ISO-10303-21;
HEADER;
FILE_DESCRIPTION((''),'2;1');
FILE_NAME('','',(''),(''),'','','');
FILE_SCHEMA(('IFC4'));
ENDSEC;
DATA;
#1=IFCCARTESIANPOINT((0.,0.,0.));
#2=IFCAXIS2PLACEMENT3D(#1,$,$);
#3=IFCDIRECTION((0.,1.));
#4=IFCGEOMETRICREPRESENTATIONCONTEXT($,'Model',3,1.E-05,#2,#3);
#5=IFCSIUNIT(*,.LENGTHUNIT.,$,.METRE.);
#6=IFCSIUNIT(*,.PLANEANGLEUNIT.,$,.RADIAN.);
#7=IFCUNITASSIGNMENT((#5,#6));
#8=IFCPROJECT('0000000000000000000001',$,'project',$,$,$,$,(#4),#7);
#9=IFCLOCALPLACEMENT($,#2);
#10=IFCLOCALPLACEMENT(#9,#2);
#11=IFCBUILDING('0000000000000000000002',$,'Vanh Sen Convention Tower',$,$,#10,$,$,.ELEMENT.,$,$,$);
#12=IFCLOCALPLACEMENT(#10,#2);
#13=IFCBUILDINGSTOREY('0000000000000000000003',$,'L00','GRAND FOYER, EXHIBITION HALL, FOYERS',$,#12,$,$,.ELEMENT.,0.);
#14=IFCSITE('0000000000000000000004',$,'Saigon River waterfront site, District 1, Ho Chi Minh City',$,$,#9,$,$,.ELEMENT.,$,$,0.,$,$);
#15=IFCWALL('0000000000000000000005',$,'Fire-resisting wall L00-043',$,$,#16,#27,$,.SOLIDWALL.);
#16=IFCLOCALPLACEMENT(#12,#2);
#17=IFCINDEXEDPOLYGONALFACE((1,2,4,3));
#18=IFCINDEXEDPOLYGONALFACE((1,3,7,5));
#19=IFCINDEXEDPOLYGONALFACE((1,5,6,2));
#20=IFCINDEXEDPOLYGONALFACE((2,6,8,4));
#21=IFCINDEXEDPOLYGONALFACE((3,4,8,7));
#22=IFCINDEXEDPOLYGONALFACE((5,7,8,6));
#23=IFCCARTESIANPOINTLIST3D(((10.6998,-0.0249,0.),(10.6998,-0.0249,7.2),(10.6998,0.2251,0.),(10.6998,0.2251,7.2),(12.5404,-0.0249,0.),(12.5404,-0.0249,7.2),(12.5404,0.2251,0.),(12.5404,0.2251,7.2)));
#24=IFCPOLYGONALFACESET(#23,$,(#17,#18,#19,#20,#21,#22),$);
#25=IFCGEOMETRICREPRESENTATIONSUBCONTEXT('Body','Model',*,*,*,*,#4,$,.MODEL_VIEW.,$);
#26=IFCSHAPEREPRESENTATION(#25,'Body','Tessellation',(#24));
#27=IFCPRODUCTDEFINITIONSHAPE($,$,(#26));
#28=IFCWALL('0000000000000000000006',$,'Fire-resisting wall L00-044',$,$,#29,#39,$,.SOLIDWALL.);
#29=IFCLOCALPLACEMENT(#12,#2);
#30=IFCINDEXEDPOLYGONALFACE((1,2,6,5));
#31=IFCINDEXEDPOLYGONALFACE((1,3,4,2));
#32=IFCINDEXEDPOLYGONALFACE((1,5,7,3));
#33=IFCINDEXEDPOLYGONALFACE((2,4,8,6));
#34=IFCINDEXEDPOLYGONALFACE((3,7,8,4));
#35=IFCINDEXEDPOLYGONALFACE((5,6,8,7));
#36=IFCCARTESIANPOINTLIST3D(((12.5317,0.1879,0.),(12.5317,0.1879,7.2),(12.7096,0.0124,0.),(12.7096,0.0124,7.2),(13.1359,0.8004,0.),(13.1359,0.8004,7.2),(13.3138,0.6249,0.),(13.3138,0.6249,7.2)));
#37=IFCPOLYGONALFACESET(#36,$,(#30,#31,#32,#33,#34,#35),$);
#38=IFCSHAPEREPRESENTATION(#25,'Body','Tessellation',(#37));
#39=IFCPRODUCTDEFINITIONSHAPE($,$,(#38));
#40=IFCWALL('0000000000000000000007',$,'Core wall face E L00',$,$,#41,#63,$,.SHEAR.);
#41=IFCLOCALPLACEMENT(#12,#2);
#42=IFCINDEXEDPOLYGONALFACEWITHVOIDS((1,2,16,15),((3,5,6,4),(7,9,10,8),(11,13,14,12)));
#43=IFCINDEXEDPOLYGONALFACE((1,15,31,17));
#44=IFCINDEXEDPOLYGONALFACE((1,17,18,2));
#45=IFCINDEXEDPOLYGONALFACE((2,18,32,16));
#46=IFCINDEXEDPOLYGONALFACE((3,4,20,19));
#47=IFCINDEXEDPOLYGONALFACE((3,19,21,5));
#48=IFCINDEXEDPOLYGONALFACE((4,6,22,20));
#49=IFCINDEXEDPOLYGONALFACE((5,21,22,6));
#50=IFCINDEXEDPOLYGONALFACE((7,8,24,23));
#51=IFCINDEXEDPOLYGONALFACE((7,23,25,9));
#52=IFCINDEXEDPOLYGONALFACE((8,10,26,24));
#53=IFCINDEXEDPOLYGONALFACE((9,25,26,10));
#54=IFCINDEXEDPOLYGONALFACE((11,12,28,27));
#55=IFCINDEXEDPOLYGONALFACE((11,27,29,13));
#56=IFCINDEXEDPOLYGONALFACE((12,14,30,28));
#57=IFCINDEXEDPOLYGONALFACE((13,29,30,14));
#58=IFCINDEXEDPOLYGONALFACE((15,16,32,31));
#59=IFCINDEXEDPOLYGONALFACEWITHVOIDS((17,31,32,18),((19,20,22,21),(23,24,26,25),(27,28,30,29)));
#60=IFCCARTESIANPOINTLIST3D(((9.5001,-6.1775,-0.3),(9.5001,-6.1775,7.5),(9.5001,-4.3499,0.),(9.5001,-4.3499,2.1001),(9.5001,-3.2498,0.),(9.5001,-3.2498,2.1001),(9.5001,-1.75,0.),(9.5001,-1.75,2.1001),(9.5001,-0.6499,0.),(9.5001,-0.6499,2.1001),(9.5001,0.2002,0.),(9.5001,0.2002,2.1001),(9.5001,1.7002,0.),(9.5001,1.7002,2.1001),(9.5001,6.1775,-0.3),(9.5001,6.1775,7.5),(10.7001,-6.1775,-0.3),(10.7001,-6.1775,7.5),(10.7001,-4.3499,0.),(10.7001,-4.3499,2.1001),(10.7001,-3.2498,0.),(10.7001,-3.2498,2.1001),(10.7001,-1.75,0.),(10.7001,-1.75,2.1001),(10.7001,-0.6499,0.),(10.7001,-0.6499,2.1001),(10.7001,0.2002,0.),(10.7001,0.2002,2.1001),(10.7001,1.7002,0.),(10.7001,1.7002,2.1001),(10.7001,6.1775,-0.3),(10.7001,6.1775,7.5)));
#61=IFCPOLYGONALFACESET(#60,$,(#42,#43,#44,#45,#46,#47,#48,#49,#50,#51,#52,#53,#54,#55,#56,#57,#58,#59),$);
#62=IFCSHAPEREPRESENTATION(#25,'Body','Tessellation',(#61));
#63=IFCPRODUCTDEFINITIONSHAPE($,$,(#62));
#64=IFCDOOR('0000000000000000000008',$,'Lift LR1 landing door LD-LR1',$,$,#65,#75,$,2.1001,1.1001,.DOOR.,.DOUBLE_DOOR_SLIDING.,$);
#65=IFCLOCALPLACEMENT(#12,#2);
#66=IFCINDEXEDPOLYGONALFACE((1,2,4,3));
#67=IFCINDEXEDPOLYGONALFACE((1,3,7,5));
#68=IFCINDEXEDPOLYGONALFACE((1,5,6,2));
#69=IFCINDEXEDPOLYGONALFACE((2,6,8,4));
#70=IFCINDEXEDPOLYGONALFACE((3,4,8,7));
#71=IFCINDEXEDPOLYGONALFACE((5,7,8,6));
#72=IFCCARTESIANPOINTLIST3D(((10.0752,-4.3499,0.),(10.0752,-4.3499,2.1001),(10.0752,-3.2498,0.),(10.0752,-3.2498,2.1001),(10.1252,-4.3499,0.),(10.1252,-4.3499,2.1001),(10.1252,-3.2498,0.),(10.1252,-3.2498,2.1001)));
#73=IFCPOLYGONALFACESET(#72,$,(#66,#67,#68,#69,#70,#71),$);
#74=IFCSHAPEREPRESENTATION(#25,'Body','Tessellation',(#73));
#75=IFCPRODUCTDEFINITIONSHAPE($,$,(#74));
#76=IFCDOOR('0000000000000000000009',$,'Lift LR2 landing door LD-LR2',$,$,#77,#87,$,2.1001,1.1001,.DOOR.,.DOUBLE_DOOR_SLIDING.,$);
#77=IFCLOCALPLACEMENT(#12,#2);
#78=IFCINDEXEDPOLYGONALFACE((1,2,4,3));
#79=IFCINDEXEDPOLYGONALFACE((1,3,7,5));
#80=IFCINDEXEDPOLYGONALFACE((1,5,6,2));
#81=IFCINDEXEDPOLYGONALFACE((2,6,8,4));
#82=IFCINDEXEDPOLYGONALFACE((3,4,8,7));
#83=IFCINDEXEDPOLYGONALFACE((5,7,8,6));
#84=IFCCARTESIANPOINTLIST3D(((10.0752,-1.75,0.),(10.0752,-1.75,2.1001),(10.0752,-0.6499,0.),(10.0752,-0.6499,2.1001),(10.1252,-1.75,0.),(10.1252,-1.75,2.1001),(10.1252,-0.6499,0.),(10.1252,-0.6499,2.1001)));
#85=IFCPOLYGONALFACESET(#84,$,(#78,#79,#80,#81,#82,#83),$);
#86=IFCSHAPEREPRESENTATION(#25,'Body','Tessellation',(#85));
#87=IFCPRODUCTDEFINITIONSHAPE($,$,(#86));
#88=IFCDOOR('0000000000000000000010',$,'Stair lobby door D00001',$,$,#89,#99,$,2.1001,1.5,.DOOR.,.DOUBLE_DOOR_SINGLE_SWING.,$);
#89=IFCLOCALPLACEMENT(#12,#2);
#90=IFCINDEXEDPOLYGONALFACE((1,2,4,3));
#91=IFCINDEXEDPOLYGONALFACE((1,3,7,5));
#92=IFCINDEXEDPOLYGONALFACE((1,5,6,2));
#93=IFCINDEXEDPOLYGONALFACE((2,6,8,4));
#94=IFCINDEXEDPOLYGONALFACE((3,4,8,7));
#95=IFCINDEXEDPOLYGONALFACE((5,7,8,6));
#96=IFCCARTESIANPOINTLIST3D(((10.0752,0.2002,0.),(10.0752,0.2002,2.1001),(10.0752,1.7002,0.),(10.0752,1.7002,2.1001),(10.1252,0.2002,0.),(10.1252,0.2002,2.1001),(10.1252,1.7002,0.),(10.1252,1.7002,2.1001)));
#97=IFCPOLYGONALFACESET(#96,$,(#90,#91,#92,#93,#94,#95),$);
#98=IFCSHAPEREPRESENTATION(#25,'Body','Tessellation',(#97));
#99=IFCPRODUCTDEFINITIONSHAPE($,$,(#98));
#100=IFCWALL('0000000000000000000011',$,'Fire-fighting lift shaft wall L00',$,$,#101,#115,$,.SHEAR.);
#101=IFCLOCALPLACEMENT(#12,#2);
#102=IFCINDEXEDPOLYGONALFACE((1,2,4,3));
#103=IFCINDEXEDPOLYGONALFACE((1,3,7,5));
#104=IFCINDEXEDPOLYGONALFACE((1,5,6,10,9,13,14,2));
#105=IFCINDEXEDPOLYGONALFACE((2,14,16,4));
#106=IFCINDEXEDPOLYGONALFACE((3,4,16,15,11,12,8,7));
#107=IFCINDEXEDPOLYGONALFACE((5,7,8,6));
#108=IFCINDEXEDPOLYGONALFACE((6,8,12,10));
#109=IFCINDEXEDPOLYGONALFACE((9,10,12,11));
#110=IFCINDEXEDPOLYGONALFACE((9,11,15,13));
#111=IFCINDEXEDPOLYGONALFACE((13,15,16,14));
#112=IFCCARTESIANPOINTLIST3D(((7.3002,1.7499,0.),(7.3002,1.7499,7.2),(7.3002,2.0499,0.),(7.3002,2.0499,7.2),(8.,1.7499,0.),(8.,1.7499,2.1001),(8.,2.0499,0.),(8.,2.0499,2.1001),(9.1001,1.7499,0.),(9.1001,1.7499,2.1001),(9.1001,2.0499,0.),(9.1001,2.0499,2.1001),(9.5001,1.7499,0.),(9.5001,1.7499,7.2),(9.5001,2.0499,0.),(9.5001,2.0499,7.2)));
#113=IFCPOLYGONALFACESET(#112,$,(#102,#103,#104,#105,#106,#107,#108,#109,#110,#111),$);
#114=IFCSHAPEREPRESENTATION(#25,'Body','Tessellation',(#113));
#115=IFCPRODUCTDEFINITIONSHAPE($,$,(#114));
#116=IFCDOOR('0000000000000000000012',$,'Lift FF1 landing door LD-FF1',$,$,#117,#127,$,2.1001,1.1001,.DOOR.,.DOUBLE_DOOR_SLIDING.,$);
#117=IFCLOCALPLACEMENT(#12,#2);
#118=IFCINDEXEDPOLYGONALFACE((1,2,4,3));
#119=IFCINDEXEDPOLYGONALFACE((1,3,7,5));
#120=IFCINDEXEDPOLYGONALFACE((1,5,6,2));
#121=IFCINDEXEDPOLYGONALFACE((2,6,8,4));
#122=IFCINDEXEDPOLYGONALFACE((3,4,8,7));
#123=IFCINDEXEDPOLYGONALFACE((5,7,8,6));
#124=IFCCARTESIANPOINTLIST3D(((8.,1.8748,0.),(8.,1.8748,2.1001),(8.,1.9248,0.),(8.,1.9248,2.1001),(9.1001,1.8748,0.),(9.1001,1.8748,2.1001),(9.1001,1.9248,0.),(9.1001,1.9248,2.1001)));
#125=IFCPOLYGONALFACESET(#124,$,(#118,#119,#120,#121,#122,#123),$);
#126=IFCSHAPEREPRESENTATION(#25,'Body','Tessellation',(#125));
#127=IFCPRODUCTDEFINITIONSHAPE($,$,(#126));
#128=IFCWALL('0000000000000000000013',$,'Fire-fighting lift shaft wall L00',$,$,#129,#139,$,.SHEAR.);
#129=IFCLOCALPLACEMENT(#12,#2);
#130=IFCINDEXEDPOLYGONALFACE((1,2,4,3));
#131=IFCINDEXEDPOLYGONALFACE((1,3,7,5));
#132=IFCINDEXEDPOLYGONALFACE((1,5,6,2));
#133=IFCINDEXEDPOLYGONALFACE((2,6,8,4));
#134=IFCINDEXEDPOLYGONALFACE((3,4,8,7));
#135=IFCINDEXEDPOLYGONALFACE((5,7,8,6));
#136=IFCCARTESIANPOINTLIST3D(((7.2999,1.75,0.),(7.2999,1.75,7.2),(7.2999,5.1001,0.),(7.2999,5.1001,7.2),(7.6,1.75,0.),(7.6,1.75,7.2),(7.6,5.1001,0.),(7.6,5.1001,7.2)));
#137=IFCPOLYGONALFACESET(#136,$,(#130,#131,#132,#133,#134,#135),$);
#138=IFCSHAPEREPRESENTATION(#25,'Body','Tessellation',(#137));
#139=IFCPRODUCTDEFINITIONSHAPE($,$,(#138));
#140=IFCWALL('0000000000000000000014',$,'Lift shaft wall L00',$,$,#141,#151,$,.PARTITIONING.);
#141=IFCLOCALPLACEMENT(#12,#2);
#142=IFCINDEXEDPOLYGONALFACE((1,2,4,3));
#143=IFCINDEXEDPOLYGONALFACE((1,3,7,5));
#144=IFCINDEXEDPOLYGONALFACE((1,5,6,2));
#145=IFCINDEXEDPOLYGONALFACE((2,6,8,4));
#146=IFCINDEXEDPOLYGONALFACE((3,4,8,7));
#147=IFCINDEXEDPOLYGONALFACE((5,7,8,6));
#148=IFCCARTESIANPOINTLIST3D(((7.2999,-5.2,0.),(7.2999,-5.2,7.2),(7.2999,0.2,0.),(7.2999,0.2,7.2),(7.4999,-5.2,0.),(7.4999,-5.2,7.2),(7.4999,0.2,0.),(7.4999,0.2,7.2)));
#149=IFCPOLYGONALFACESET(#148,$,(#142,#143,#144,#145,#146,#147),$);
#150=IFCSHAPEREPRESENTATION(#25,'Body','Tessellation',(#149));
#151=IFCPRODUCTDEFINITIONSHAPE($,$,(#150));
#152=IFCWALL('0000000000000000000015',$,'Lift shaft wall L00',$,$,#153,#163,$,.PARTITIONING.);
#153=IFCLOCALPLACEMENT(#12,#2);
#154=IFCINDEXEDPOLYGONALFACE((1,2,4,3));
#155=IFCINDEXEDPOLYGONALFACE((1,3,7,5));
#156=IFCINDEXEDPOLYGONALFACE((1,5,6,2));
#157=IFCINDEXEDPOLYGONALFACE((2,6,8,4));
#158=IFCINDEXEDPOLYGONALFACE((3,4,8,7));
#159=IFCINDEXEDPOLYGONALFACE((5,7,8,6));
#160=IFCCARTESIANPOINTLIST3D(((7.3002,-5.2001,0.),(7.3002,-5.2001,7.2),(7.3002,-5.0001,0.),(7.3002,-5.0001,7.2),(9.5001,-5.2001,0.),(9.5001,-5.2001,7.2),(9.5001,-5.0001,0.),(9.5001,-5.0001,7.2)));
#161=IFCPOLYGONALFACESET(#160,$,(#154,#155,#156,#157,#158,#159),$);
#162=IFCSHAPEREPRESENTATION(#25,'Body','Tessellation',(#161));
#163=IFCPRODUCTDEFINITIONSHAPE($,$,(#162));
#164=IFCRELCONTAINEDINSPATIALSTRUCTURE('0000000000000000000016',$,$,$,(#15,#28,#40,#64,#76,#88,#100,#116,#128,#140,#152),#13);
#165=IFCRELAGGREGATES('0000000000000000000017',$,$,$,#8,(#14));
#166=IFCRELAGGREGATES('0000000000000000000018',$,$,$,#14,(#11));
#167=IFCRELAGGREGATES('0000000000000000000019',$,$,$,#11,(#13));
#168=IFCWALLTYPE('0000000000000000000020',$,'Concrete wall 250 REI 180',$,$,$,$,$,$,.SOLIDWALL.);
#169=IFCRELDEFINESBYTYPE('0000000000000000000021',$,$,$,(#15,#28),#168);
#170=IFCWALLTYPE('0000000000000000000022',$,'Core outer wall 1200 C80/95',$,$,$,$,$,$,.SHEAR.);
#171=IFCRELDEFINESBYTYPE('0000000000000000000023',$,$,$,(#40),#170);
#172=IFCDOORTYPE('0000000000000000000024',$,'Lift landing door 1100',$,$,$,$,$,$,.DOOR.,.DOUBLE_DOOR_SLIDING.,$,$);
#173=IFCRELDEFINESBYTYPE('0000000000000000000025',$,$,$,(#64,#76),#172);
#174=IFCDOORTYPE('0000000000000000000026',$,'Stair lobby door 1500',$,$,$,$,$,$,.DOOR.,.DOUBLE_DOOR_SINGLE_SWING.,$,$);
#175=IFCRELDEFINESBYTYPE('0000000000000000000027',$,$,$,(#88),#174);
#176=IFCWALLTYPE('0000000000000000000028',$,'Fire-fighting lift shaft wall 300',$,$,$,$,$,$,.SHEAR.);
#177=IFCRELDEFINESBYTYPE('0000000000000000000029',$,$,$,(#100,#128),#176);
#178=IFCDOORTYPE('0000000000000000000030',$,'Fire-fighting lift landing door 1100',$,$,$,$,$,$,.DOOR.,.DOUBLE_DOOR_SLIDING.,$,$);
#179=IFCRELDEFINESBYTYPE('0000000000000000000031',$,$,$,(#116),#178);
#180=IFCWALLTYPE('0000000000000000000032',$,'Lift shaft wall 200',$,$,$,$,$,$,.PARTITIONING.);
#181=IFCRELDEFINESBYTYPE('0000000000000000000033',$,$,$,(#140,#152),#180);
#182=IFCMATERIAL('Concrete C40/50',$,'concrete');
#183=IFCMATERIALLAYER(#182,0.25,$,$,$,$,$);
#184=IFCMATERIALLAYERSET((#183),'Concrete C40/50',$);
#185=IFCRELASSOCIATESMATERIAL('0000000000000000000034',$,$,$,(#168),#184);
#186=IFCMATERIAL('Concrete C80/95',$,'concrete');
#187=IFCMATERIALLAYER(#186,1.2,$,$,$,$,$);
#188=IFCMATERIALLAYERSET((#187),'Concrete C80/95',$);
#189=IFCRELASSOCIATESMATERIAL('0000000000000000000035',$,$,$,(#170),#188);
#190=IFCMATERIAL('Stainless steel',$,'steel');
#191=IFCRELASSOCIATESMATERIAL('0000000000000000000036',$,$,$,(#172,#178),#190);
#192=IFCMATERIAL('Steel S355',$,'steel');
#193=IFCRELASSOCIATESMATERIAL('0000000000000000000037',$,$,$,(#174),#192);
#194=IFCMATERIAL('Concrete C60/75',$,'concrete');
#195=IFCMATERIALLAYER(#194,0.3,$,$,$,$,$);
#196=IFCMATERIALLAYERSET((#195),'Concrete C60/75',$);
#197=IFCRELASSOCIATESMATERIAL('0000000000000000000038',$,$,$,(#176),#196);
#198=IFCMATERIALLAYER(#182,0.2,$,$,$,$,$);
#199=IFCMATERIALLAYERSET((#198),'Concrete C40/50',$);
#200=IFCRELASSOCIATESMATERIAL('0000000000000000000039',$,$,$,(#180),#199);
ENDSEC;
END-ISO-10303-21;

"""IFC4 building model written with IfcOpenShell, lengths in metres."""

from ifc_helpers import new_model, si_unit, direction, frame, frame_2d, origin, place, context, subcontext, project, spatial, rectangle, extrude, material, layer, layer_set, type_object, element, fill, save


model = new_model("IFC4")

# Units and contexts
model_context = context("Model", 3, precision=1e-05, world=origin(), true_north=direction((0.0, 1.0)))
body_context = subcontext(model_context, "Body", "Model", "MODEL_VIEW")
ifc_project = project(units=[si_unit("LENGTHUNIT", "METRE"), si_unit("PLANEANGLEUNIT", "RADIAN")], contexts=[model_context])

# Site, building, storey
site_placement = place(None, origin())
site = spatial("IfcSite", under=ifc_project, at=site_placement, Name="Saigon River waterfront site, District 1, Ho Chi Minh City", CompositionType="ELEMENT", RefElevation=0.0)
building_placement = place(site_placement, origin())
building = spatial("IfcBuilding", under=site, at=building_placement, Name="Vanh Sen Convention Tower", CompositionType="ELEMENT")
storey_placement = place(building_placement, origin())
storey = spatial("IfcBuildingStorey", under=building, at=storey_placement, Name="L00", Description="GRAND FOYER, EXHIBITION HALL, FOYERS", CompositionType="ELEMENT", Elevation=0.0)

# Shared definitions
ifc_material_1 = material(Name="Concrete C40/50", Category="concrete")

# Shared definitions
ifc_material_2 = material(Name="Concrete C80/95", Category="concrete")

# Walls
ifc_layer_1 = layer(ifc_material_1, 0.25)
ifc_layer_set_1 = layer_set([ifc_layer_1], Name="Concrete C40/50")
wall_type_1 = type_object("IfcWallType", Name="Concrete wall 250 REI 180", PredefinedType="SOLIDWALL", material=ifc_layer_set_1)
wall_1_placement = place(storey_placement, frame((12.5405, 0.1001, 0.0), z_axis=(0.0, 0.0, 1.0), x_axis=(-1.0, 0.0, 0.0)))
element("IfcWall", 1, at=wall_1_placement, inside=storey, type_object=wall_type_1, Name="Fire-resisting wall L00-043", PredefinedType="SOLIDWALL", context=body_context, shape_type="SweptSolid", body=[
    extrude(rectangle(XDim=1.8406, YDim=0.25, at=frame_2d((0.9204, 0.0))), origin(), (0.0, 0.0, 1.0), 7.2),
])
wall_2_placement = place(storey_placement, frame((13.2249, 0.7126, 0.0), z_axis=(0.0, 0.0, 1.0), x_axis=(-0.702267, -0.711914, 0.0)))
element("IfcWall", 2, at=wall_2_placement, inside=storey, type_object=wall_type_1, Name="Fire-resisting wall L00-044", PredefinedType="SOLIDWALL", context=body_context, shape_type="SweptSolid", body=[
    extrude(rectangle(XDim=0.8604, YDim=0.25, at=frame_2d((0.4302, 0.0))), origin(), (0.0, 0.0, 1.0), 7.2),
])

# Wall, openings, doors
ifc_layer_2 = layer(ifc_material_2, 1.2)
ifc_layer_set_2 = layer_set([ifc_layer_2], Name="Concrete C80/95")
wall_type_2 = type_object("IfcWallType", Name="Core outer wall 1200 C80/95", PredefinedType="SHEAR", material=ifc_layer_set_2)
wall_3_placement = place(storey_placement, frame((10.1001, -6.1775, -0.3), z_axis=(0.0, 0.0, 1.0), x_axis=(0.0, 1.0, 0.0)))
wall_3 = element("IfcWall", 3, at=wall_3_placement, inside=storey, type_object=wall_type_2, Name="Core wall face E L00", PredefinedType="SHEAR", context=body_context, shape_type="SweptSolid", body=[
    extrude(rectangle(XDim=12.355, YDim=1.2, at=frame_2d((6.1775, 0.0))), origin(), (0.0, 0.0, 1.0), 7.8),
])
opening_1_placement = place(wall_3_placement, frame((6.3777, 0.0, 0.3)))
opening_1 = element("IfcOpeningElement", 4, at=opening_1_placement, cuts=wall_3, PredefinedType="OPENING", context=body_context, shape_type="SweptSolid", body=[
    extrude(rectangle(XDim=1.5, YDim=2.1001, at=frame_2d((0.75, 1.05))), frame((0.0, 0.6099, 0.0), z_axis=(0.0, -1.0, 0.0), x_axis=(1.0, 0.0, 0.0)), (0.0, 0.0, 1.0), 1.22),
])
opening_2_placement = place(wall_3_placement, frame((1.8276, 0.0, 0.3)))
opening_2 = element("IfcOpeningElement", 5, at=opening_2_placement, cuts=wall_3, PredefinedType="OPENING", context=body_context, shape_type="SweptSolid", body=[
    extrude(rectangle(XDim=1.1001, YDim=2.1001, at=frame_2d((0.55, 1.05))), frame((0.0, 0.6099, 0.0), z_axis=(0.0, -1.0, 0.0), x_axis=(1.0, 0.0, 0.0)), (0.0, 0.0, 1.0), 1.22),
])
opening_3_placement = place(wall_3_placement, frame((4.4275, 0.0, 0.3)))
opening_3 = element("IfcOpeningElement", 6, at=opening_3_placement, cuts=wall_3, PredefinedType="OPENING", context=body_context, shape_type="SweptSolid", body=[
    extrude(rectangle(XDim=1.1001, YDim=2.1001, at=frame_2d((0.55, 1.05))), frame((0.0, 0.6099, 0.0), z_axis=(0.0, -1.0, 0.0), x_axis=(1.0, 0.0, 0.0)), (0.0, 0.0, 1.0), 1.22),
])
ifc_material_3 = material(Name="Stainless steel", Category="steel")
door_type_1 = type_object("IfcDoorType", Name="Lift landing door 1100", OperationType="DOUBLE_DOOR_SLIDING", PredefinedType="DOOR", material=ifc_material_3)
door_1_placement = place(opening_2_placement, origin())
door_1 = element("IfcDoor", 7, at=door_1_placement, inside=storey, type_object=door_type_1, Name="Lift LR1 landing door LD-LR1", OperationType="DOUBLE_DOOR_SLIDING", OverallHeight=2.1001, OverallWidth=1.1001, PredefinedType="DOOR", context=body_context, shape_type="SweptSolid", body=[
    extrude(rectangle(XDim=1.1001, YDim=2.1001, at=frame_2d((0.55, 1.05))), frame((0.0, 0.0249, 0.0), z_axis=(0.0, -1.0, 0.0), x_axis=(1.0, 0.0, 0.0)), (0.0, 0.0, 1.0), 0.05),
])
fill(opening_2, door_1)
door_2_placement = place(opening_3_placement, origin())
door_2 = element("IfcDoor", 8, at=door_2_placement, inside=storey, type_object=door_type_1, Name="Lift LR2 landing door LD-LR2", OperationType="DOUBLE_DOOR_SLIDING", OverallHeight=2.1001, OverallWidth=1.1001, PredefinedType="DOOR", context=body_context, shape_type="SweptSolid", body=[
    extrude(rectangle(XDim=1.1001, YDim=2.1001, at=frame_2d((0.55, 1.05))), frame((0.0, 0.0249, 0.0), z_axis=(0.0, -1.0, 0.0), x_axis=(1.0, 0.0, 0.0)), (0.0, 0.0, 1.0), 0.05),
])
fill(opening_3, door_2)
ifc_material_4 = material(Name="Steel S355", Category="steel")
door_type_2 = type_object("IfcDoorType", Name="Stair lobby door 1500", OperationType="DOUBLE_DOOR_SINGLE_SWING", PredefinedType="DOOR", material=ifc_material_4)
door_3_placement = place(opening_1_placement, origin())
door_3 = element("IfcDoor", 9, at=door_3_placement, inside=storey, type_object=door_type_2, Name="Stair lobby door D00001", OperationType="DOUBLE_DOOR_SINGLE_SWING", OverallHeight=2.1001, OverallWidth=1.5, PredefinedType="DOOR", context=body_context, shape_type="SweptSolid", body=[
    extrude(rectangle(XDim=1.5, YDim=2.1001, at=frame_2d((0.75, 1.05))), frame((0.0, 0.0249, 0.0), z_axis=(0.0, -1.0, 0.0), x_axis=(1.0, 0.0, 0.0)), (0.0, 0.0, 1.0), 0.05),
])
fill(opening_1, door_3)

# Wall, opening, door
ifc_material_5 = material(Name="Concrete C60/75", Category="concrete")
ifc_layer_3 = layer(ifc_material_5, 0.3)
ifc_layer_set_3 = layer_set([ifc_layer_3], Name="Concrete C60/75")
wall_type_3 = type_object("IfcWallType", Name="Fire-fighting lift shaft wall 300", PredefinedType="SHEAR", material=ifc_layer_set_3)
wall_4_placement = place(storey_placement, frame((7.3, 1.8999, 0.0), z_axis=(0.0, 0.0, 1.0), x_axis=(1.0, 0.0, 0.0)))
wall_4 = element("IfcWall", 10, at=wall_4_placement, inside=storey, type_object=wall_type_3, Name="Fire-fighting lift shaft wall L00", PredefinedType="SHEAR", context=body_context, shape_type="SweptSolid", body=[
    extrude(rectangle(XDim=2.2, YDim=0.3, at=frame_2d((1.1001, 0.0))), origin(), (0.0, 0.0, 1.0), 7.2),
])
opening_4_placement = place(wall_4_placement, frame((0.7, 0.0, 0.0)))
opening_4 = element("IfcOpeningElement", 11, at=opening_4_placement, cuts=wall_4, PredefinedType="OPENING", context=body_context, shape_type="SweptSolid", body=[
    extrude(rectangle(XDim=1.1001, YDim=2.1001, at=frame_2d((0.55, 1.05))), frame((0.0, 0.1599, 0.0), z_axis=(0.0, -1.0, 0.0), x_axis=(1.0, 0.0, 0.0)), (0.0, 0.0, 1.0), 0.3201),
])
door_type_3 = type_object("IfcDoorType", Name="Fire-fighting lift landing door 1100", OperationType="DOUBLE_DOOR_SLIDING", PredefinedType="DOOR", material=ifc_material_3)
door_4_placement = place(opening_4_placement, origin())
door_4 = element("IfcDoor", 12, at=door_4_placement, inside=storey, type_object=door_type_3, Name="Lift FF1 landing door LD-FF1", OperationType="DOUBLE_DOOR_SLIDING", OverallHeight=2.1001, OverallWidth=1.1001, PredefinedType="DOOR", context=body_context, shape_type="SweptSolid", body=[
    extrude(rectangle(XDim=1.1001, YDim=2.1001, at=frame_2d((0.55, 1.05))), frame((0.0, 0.0249, 0.0), z_axis=(0.0, -1.0, 0.0), x_axis=(1.0, 0.0, 0.0)), (0.0, 0.0, 1.0), 0.05),
])
fill(opening_4, door_4)

# Walls
wall_5_placement = place(storey_placement, frame((7.45, 1.75, 0.0), z_axis=(0.0, 0.0, 1.0), x_axis=(0.0, 1.0, 0.0)))
element("IfcWall", 13, at=wall_5_placement, inside=storey, type_object=wall_type_3, Name="Fire-fighting lift shaft wall L00", PredefinedType="SHEAR", context=body_context, shape_type="SweptSolid", body=[
    extrude(rectangle(XDim=3.3501, YDim=0.3, at=frame_2d((1.675, 0.0))), origin(), (0.0, 0.0, 1.0), 7.2),
])
ifc_layer_4 = layer(ifc_material_1, 0.2)
ifc_layer_set_4 = layer_set([ifc_layer_4], Name="Concrete C40/50")
wall_type_4 = type_object("IfcWallType", Name="Lift shaft wall 200", PredefinedType="PARTITIONING", material=ifc_layer_set_4)
wall_6_placement = place(storey_placement, frame((7.3999, -5.2, 0.0), z_axis=(0.0, 0.0, 1.0), x_axis=(0.0, 1.0, 0.0)))
element("IfcWall", 14, at=wall_6_placement, inside=storey, type_object=wall_type_4, Name="Lift shaft wall L00", PredefinedType="PARTITIONING", context=body_context, shape_type="SweptSolid", body=[
    extrude(rectangle(XDim=5.3999, YDim=0.2, at=frame_2d((2.7, 0.0))), origin(), (0.0, 0.0, 1.0), 7.2),
])
for number, where, z_axis, x_axis, name in (
    (15, (7.3, -5.1001, 0.0), (0.0, 0.0, 1.0), (1.0, 0.0, 0.0), "Lift shaft wall L00"),
):
    element("IfcWall", number, at=place(storey_placement, frame(where, z_axis=z_axis, x_axis=x_axis)), inside=storey, type_object=wall_type_4, Name=name, PredefinedType="PARTITIONING", context=body_context, shape_type="SweptSolid", body=[
        extrude(rectangle(XDim=2.2, YDim=0.2, at=frame_2d((1.1001, 0.0))), origin(), (0.0, 0.0, 1.0), 7.2),
    ])

save(model, "model.ifc")
